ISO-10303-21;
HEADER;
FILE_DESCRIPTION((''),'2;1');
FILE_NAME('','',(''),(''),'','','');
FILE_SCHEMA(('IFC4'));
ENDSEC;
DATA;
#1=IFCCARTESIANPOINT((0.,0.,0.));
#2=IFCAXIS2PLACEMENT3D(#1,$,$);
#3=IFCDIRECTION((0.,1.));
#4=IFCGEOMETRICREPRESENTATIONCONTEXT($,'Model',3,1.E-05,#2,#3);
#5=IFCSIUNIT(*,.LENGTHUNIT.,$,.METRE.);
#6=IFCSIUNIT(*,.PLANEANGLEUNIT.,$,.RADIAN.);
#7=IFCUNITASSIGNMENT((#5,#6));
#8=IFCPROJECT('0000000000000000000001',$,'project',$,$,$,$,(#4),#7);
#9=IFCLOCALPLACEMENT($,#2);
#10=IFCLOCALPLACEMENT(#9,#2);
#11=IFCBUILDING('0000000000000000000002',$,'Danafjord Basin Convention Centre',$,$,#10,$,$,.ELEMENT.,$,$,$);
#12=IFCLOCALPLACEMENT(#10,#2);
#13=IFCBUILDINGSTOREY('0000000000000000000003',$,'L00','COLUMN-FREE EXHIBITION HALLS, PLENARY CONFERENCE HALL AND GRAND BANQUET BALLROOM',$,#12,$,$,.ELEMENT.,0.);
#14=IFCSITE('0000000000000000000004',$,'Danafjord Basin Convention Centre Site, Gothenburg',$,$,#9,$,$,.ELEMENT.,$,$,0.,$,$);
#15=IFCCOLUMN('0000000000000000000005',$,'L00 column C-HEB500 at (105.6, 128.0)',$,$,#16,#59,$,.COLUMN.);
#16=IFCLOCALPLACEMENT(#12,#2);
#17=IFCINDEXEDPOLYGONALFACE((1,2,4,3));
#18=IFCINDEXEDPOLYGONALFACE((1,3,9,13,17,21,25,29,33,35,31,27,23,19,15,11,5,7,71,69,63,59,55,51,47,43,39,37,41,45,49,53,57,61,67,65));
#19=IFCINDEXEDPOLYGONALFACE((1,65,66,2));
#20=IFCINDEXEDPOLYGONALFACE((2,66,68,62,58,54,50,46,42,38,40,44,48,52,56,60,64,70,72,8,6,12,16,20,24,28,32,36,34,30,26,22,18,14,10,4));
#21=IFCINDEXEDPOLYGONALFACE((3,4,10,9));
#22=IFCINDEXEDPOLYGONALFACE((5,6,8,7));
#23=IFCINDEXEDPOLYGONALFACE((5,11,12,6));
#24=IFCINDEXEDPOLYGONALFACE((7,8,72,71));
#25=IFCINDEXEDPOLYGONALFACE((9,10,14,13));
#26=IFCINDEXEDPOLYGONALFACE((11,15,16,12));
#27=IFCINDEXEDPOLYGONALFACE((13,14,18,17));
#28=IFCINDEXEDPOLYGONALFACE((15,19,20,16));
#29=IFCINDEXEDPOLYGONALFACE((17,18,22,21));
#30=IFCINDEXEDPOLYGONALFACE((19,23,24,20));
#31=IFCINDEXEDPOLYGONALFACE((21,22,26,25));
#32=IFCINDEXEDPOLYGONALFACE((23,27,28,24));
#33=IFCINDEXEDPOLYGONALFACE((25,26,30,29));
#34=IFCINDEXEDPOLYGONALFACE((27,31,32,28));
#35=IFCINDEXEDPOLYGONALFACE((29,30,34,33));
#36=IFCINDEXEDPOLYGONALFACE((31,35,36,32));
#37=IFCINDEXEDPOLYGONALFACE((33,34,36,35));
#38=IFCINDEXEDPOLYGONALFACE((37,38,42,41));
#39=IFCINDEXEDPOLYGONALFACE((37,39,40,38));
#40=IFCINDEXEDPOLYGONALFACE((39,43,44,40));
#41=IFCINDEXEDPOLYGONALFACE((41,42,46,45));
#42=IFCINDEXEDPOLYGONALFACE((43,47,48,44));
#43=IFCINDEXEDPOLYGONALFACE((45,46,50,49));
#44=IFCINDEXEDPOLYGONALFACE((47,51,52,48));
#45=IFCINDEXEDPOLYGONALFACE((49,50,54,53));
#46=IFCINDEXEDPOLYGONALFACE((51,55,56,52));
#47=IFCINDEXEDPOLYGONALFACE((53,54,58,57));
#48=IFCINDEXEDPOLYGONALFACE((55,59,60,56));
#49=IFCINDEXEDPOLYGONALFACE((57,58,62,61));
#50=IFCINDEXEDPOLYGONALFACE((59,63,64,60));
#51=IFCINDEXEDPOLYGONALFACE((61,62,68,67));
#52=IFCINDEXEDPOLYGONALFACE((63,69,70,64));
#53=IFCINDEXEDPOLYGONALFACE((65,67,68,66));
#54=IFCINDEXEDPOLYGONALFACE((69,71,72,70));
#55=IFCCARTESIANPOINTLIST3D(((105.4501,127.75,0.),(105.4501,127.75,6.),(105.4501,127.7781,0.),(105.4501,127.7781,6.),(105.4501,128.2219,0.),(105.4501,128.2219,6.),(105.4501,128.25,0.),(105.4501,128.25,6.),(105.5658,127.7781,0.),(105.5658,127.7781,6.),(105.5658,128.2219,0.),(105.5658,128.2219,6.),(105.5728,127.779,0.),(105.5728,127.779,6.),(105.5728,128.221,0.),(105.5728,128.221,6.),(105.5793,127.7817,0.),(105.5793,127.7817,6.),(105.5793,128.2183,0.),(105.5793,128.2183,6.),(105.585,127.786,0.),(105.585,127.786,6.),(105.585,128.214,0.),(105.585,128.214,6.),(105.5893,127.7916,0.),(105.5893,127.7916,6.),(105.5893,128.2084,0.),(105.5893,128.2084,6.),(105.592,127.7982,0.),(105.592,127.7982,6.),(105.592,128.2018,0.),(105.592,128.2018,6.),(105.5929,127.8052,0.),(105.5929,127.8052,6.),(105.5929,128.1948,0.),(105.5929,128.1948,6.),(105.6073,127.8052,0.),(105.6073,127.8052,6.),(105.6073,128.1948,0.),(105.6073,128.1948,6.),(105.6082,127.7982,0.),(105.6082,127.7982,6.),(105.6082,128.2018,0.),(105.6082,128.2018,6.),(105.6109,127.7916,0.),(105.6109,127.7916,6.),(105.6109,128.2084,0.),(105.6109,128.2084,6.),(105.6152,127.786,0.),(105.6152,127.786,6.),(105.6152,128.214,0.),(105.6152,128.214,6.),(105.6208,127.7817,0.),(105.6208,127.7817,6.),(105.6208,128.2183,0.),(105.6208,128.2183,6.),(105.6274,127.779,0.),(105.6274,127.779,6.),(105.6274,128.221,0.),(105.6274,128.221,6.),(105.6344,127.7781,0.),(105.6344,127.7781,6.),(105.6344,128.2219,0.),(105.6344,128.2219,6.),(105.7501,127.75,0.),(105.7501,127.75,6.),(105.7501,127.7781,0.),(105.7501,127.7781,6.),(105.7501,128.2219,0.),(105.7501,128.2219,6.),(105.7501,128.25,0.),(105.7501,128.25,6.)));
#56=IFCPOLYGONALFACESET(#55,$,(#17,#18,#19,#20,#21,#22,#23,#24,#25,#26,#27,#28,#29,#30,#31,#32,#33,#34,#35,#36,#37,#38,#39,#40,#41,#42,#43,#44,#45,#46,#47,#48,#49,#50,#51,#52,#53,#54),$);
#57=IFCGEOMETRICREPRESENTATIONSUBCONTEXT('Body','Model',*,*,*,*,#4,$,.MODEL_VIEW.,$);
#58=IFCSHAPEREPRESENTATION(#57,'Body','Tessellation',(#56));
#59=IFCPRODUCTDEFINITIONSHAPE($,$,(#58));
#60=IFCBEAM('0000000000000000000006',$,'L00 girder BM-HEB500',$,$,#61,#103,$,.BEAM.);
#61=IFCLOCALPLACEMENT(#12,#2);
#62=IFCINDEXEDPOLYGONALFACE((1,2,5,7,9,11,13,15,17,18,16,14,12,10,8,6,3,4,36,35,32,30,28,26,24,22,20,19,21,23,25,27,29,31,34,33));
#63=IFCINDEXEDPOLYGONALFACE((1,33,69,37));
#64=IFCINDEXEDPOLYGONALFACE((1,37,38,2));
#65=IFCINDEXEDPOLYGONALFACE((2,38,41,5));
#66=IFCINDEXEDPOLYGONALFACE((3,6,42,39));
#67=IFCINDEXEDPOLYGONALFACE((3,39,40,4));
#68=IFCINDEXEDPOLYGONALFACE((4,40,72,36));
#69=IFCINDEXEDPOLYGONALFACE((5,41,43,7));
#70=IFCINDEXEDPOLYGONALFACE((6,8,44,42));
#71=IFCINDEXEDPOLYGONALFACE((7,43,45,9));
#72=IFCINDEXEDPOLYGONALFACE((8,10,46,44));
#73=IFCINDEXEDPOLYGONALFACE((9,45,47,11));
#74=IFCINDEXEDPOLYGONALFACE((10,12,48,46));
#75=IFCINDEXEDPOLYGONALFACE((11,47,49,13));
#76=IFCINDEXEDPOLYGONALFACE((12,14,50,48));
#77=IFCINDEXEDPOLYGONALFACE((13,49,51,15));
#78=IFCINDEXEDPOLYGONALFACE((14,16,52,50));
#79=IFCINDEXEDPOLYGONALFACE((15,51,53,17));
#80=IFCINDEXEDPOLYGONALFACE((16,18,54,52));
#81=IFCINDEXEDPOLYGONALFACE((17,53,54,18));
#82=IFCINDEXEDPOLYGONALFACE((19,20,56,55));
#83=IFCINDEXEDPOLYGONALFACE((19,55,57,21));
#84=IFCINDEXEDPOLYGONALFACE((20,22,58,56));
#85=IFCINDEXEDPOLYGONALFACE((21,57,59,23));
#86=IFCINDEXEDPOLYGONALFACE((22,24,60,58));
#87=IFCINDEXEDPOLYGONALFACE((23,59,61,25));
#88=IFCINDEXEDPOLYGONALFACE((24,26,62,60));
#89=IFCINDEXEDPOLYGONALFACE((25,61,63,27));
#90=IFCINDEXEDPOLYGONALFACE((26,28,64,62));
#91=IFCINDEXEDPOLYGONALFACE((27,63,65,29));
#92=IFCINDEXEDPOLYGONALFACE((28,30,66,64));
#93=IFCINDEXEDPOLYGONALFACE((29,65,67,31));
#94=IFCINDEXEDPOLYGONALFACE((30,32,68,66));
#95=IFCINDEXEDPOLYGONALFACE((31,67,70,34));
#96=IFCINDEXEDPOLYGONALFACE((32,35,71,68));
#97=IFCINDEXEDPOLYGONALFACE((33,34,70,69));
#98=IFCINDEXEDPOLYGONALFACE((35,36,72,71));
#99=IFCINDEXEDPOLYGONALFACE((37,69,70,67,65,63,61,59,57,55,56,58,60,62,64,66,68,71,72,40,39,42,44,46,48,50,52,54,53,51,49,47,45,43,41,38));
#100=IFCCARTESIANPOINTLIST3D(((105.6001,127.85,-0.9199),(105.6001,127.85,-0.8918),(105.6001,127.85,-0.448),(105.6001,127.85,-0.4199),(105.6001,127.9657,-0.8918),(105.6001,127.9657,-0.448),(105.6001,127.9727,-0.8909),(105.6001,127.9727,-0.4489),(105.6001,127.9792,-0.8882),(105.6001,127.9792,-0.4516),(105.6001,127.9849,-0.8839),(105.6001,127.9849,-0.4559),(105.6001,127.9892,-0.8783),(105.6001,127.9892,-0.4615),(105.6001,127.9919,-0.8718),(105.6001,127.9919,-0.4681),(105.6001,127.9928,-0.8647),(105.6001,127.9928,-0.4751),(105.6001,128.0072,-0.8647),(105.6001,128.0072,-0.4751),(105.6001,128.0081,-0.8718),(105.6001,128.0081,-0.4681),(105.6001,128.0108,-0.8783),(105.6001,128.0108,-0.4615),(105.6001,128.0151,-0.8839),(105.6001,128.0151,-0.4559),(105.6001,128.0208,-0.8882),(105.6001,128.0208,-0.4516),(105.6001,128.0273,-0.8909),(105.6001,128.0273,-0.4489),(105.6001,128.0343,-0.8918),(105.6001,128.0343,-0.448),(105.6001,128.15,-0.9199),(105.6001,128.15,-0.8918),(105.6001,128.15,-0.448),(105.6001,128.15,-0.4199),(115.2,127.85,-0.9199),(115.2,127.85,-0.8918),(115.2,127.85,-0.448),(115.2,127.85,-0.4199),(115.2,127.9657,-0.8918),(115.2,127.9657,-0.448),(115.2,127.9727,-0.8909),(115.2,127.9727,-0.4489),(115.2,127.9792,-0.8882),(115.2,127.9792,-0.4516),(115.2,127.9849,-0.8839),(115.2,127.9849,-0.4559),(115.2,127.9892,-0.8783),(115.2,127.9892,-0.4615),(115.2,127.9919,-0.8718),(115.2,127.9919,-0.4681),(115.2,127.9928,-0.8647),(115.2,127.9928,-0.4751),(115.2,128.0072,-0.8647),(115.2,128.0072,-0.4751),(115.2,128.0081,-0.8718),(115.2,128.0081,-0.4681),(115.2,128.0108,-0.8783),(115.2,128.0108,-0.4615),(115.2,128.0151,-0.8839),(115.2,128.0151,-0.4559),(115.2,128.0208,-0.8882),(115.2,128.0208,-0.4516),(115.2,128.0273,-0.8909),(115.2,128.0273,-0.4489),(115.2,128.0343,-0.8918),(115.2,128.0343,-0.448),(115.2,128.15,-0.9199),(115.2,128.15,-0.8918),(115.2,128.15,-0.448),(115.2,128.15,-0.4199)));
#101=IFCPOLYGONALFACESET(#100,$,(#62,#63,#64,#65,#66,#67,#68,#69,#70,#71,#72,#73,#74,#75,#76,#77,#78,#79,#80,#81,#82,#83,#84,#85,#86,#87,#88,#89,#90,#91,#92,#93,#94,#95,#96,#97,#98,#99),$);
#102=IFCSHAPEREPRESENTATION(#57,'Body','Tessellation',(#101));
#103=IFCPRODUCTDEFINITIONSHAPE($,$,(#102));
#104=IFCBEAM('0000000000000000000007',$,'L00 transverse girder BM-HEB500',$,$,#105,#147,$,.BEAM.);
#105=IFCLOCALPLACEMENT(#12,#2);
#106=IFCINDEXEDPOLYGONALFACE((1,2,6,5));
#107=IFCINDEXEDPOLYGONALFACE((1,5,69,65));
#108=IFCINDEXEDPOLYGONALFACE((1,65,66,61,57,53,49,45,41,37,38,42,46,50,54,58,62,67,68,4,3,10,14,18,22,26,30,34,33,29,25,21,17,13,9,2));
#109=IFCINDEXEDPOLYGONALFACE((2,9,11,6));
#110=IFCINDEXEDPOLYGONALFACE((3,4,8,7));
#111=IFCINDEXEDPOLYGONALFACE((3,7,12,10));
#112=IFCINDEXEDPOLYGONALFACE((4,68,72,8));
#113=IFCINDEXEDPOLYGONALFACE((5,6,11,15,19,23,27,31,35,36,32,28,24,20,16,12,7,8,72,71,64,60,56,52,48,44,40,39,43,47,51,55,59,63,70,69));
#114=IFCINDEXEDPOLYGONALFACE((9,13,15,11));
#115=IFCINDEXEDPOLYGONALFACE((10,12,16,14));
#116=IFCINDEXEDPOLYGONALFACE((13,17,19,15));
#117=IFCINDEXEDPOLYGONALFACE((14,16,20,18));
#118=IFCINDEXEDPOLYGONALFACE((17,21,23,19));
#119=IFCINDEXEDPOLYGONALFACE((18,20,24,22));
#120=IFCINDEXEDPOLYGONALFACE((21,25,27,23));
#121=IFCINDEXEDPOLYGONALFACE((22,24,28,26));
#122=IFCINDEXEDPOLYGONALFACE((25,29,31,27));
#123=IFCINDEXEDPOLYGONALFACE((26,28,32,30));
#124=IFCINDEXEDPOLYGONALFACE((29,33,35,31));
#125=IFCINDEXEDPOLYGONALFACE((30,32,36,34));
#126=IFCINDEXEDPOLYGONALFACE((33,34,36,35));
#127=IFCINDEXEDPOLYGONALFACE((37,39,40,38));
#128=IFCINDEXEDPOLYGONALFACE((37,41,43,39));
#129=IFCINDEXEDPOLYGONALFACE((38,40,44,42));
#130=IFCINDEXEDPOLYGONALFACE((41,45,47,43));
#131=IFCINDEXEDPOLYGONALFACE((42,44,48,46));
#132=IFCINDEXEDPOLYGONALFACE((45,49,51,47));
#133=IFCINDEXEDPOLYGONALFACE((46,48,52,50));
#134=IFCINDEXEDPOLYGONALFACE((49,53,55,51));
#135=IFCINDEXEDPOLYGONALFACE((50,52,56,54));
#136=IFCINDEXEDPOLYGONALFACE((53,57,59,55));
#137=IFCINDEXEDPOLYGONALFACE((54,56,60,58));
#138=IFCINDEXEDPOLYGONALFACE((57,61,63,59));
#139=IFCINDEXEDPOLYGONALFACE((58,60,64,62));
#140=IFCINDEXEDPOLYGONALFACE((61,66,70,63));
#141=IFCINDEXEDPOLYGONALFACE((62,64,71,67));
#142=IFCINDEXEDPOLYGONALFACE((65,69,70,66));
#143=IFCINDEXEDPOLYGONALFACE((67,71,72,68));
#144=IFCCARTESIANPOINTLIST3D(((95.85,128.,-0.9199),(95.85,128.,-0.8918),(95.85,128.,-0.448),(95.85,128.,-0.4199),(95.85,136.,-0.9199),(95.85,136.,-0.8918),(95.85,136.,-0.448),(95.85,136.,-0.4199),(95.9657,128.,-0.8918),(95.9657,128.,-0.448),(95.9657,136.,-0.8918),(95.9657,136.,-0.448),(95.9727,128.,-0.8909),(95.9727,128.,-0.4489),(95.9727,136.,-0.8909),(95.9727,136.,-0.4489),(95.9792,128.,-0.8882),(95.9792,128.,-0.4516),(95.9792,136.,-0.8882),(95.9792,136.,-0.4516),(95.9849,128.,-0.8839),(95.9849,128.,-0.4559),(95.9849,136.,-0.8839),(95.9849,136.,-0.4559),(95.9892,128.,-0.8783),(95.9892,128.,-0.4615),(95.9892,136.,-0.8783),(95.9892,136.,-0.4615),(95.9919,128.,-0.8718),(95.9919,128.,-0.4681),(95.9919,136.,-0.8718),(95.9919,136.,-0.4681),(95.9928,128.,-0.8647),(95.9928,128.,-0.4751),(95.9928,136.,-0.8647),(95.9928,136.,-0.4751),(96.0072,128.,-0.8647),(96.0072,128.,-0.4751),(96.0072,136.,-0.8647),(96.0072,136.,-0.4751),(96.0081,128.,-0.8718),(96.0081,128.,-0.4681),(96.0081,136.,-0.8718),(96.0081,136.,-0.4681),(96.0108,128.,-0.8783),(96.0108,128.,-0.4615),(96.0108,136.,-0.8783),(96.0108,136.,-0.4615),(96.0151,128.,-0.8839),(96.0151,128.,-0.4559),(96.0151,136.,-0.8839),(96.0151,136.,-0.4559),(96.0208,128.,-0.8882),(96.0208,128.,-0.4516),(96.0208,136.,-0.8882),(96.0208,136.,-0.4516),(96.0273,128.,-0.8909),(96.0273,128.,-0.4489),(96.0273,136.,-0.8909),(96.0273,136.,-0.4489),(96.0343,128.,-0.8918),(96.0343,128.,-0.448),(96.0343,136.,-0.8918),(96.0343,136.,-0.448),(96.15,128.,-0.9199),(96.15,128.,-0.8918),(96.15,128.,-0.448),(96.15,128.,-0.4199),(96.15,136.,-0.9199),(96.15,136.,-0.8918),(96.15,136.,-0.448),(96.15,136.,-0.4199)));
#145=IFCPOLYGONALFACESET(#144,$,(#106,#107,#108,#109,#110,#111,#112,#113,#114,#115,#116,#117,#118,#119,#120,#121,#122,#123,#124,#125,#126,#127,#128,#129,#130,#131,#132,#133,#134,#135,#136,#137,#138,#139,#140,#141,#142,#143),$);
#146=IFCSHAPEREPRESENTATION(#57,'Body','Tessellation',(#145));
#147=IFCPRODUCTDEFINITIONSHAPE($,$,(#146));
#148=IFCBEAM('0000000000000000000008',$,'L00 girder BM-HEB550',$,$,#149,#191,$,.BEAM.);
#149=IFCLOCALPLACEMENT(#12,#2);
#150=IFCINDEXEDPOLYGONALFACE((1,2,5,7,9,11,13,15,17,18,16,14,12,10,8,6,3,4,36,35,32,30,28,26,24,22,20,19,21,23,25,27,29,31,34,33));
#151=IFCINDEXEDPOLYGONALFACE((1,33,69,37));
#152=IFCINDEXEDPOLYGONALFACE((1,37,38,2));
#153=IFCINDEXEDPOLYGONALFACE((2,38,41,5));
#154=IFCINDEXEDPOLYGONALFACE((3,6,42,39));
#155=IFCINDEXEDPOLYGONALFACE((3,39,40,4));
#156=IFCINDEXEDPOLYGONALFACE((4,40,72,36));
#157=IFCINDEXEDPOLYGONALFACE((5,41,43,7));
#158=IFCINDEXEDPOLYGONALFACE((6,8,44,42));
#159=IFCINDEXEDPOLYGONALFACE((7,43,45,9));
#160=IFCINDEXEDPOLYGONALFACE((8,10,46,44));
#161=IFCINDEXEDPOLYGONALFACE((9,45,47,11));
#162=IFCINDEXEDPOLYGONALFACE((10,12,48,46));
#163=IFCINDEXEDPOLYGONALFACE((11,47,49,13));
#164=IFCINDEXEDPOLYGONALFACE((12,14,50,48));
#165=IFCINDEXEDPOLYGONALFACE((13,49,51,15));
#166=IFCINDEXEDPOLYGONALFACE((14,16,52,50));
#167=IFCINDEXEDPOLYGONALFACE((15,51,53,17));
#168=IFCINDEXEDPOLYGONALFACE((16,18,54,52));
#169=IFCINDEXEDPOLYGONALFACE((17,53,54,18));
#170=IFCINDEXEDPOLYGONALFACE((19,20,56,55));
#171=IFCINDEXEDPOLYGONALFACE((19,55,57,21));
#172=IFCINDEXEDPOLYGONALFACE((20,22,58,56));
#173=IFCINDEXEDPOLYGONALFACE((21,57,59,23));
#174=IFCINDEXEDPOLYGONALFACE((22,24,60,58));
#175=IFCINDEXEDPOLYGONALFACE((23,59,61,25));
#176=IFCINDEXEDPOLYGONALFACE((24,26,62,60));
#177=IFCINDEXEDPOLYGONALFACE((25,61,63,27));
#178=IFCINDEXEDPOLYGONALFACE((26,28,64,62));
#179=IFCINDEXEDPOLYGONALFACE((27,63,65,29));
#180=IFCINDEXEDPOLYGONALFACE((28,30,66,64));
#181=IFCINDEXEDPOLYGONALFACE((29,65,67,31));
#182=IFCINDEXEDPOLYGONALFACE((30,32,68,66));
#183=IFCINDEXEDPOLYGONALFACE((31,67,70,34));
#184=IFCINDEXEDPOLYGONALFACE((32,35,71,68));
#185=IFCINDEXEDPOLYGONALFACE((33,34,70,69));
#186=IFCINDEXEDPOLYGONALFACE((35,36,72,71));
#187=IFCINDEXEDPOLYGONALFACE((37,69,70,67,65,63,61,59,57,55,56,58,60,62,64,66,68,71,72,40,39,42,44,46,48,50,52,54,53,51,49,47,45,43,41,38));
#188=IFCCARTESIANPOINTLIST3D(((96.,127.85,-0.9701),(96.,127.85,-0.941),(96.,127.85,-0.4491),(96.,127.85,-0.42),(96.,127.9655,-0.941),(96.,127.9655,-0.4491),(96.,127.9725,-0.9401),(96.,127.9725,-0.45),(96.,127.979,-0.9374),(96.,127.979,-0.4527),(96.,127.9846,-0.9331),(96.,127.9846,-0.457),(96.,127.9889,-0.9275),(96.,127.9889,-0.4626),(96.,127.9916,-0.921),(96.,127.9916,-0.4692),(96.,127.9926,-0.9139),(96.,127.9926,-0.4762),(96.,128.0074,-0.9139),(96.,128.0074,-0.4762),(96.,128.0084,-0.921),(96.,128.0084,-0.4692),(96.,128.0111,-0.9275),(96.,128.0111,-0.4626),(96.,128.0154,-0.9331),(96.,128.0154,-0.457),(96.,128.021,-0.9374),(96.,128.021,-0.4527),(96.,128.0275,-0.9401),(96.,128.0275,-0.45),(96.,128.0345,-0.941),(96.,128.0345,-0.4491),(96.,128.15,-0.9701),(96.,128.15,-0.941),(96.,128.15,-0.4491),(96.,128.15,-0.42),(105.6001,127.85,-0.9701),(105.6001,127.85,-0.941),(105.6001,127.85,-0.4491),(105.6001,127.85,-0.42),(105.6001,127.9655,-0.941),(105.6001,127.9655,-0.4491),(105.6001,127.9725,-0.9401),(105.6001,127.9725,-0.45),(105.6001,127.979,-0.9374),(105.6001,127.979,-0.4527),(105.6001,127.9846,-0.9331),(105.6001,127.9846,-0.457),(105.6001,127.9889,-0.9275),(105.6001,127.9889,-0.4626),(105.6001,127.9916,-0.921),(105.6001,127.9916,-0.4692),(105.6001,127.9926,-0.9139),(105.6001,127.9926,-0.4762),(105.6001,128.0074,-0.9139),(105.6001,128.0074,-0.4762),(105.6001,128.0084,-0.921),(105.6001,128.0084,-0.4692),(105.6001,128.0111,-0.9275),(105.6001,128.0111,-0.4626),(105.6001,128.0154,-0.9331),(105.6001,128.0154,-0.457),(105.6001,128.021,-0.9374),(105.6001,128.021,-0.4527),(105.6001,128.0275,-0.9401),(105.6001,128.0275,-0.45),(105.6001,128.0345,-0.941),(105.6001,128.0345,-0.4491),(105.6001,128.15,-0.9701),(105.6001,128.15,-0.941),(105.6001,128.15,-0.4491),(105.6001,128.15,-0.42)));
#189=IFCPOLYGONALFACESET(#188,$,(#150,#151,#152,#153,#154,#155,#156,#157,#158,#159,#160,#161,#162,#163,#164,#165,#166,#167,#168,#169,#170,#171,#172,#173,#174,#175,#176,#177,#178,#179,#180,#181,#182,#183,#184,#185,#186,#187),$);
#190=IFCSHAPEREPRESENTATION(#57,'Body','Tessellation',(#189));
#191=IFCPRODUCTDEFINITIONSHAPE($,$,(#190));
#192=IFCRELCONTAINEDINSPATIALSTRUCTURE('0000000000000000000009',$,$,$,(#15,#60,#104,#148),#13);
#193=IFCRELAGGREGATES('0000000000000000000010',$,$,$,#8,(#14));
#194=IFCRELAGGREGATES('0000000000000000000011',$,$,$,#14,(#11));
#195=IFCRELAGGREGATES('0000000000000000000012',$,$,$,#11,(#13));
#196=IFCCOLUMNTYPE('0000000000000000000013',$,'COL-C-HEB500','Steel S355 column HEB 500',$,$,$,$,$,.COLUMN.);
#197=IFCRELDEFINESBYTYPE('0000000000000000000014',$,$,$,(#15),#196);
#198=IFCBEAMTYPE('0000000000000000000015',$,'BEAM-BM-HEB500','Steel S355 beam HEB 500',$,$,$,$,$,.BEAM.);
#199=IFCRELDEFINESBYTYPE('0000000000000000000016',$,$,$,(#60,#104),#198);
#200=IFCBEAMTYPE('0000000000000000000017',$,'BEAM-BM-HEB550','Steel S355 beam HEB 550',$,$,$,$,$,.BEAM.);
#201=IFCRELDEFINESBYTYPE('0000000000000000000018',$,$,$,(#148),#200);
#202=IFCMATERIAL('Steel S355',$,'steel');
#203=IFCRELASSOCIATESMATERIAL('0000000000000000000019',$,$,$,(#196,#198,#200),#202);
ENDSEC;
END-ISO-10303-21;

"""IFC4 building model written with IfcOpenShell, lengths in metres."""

from ifc_helpers import new_model, si_unit, direction, frame, origin, origin_2d, place, context, subcontext, project, spatial, i_section, extrude, material, material_profile, profile_set, type_object, element, save


model = new_model("IFC4")

# Units and contexts
model_context = context("Model", 3, precision=1e-05, world=origin(), true_north=direction((0.0, 1.0)))
body_context = subcontext(model_context, "Body", "Model", "MODEL_VIEW")
ifc_project = project(units=[si_unit("LENGTHUNIT", "METRE"), si_unit("PLANEANGLEUNIT", "RADIAN")], contexts=[model_context])

# Site, building, storey
site_placement = place(None, origin())
site = spatial("IfcSite", under=ifc_project, at=site_placement, Name="Danafjord Basin Convention Centre Site, Gothenburg", CompositionType="ELEMENT", RefElevation=0.0)
building_placement = place(site_placement, origin())
building = spatial("IfcBuilding", under=site, at=building_placement, Name="Danafjord Basin Convention Centre", CompositionType="ELEMENT")
storey_placement = place(building_placement, origin())
storey = spatial("IfcBuildingStorey", under=building, at=storey_placement, Name="L00", Description="COLUMN-FREE EXHIBITION HALLS, PLENARY CONFERENCE HALL AND GRAND BANQUET BALLROOM", CompositionType="ELEMENT", Elevation=0.0)

# Column
ifc_material_1 = material(Name="Steel S355", Category="steel")
ifc_material_profile_1 = material_profile(ifc_material_1, i_section(OverallWidth=0.3, OverallDepth=0.5, WebThickness=0.0144, FlangeThickness=0.0281, FilletRadius=0.0271, at=origin_2d()), Name="HEB 500")
ifc_profile_set_1 = profile_set([ifc_material_profile_1], Name="Steel S355")
column_type_1 = type_object("IfcColumnType", Name="COL-C-HEB500", Description="Steel S355 column HEB 500", PredefinedType="COLUMN", material=ifc_profile_set_1)
column_1_placement = place(storey_placement, frame((105.6001, 128.0, 0.0), z_axis=(0.0, 0.0, 1.0), x_axis=(1.0, 0.0, 0.0)))
element("IfcColumn", 1, at=column_1_placement, inside=storey, type_object=column_type_1, Name="L00 column C-HEB500 at (105.6, 128.0)", PredefinedType="COLUMN", context=body_context, shape_type="SweptSolid", body=[
    extrude(i_section(OverallWidth=0.3, OverallDepth=0.5, WebThickness=0.0144, FlangeThickness=0.0281, FilletRadius=0.0271, at=origin_2d()), origin(), (0.0, 0.0, 1.0), 6.0),
])

# Beams
ifc_material_profile_2 = material_profile(ifc_material_1, i_section(OverallWidth=0.3, OverallDepth=0.5, WebThickness=0.0144, FlangeThickness=0.0281, FilletRadius=0.0271, at=origin_2d()), Name="HEB 500")
ifc_profile_set_2 = profile_set([ifc_material_profile_2], Name="Steel S355")
beam_type_1 = type_object("IfcBeamType", Name="BEAM-BM-HEB500", Description="Steel S355 beam HEB 500", PredefinedType="BEAM", material=ifc_profile_set_2)
beam_1_placement = place(storey_placement, frame((105.6001, 128.0, -0.6699), z_axis=(1.0, 0.0, 0.0), x_axis=(0.0, 1.0, 0.0)))
element("IfcBeam", 2, at=beam_1_placement, inside=storey, type_object=beam_type_1, Name="L00 girder BM-HEB500", PredefinedType="BEAM", context=body_context, shape_type="SweptSolid", body=[
    extrude(i_section(OverallWidth=0.3, OverallDepth=0.5, WebThickness=0.0144, FlangeThickness=0.0281, FilletRadius=0.0271, at=origin_2d()), origin(), (0.0, 0.0, 1.0), 9.5999),
])
beam_2_placement = place(storey_placement, frame((96.0, 128.0, -0.6699), z_axis=(0.0, 1.0, 0.0), x_axis=(-1.0, 0.0, 0.0)))
element("IfcBeam", 3, at=beam_2_placement, inside=storey, type_object=beam_type_1, Name="L00 transverse girder BM-HEB500", PredefinedType="BEAM", context=body_context, shape_type="SweptSolid", body=[
    extrude(i_section(OverallWidth=0.3, OverallDepth=0.5, WebThickness=0.0144, FlangeThickness=0.0281, FilletRadius=0.0271, at=origin_2d()), origin(), (0.0, 0.0, 1.0), 8.0),
])
ifc_material_profile_3 = material_profile(ifc_material_1, i_section(OverallWidth=0.3, OverallDepth=0.55, WebThickness=0.0149, FlangeThickness=0.0291, FilletRadius=0.0271, at=origin_2d()), Name="HEB 550")
ifc_profile_set_3 = profile_set([ifc_material_profile_3], Name="Steel S355")
beam_type_2 = type_object("IfcBeamType", Name="BEAM-BM-HEB550", Description="Steel S355 beam HEB 550", PredefinedType="BEAM", material=ifc_profile_set_3)
beam_3_placement = place(storey_placement, frame((96.0, 128.0, -0.6951), z_axis=(1.0, 0.0, 0.0), x_axis=(0.0, 1.0, 0.0)))
element("IfcBeam", 4, at=beam_3_placement, inside=storey, type_object=beam_type_2, Name="L00 girder BM-HEB550", PredefinedType="BEAM", context=body_context, shape_type="SweptSolid", body=[
    extrude(i_section(OverallWidth=0.3, OverallDepth=0.55, WebThickness=0.0149, FlangeThickness=0.0291, FilletRadius=0.0271, at=origin_2d()), origin(), (0.0, 0.0, 1.0), 9.6001),
])

save(model, "model.ifc")
